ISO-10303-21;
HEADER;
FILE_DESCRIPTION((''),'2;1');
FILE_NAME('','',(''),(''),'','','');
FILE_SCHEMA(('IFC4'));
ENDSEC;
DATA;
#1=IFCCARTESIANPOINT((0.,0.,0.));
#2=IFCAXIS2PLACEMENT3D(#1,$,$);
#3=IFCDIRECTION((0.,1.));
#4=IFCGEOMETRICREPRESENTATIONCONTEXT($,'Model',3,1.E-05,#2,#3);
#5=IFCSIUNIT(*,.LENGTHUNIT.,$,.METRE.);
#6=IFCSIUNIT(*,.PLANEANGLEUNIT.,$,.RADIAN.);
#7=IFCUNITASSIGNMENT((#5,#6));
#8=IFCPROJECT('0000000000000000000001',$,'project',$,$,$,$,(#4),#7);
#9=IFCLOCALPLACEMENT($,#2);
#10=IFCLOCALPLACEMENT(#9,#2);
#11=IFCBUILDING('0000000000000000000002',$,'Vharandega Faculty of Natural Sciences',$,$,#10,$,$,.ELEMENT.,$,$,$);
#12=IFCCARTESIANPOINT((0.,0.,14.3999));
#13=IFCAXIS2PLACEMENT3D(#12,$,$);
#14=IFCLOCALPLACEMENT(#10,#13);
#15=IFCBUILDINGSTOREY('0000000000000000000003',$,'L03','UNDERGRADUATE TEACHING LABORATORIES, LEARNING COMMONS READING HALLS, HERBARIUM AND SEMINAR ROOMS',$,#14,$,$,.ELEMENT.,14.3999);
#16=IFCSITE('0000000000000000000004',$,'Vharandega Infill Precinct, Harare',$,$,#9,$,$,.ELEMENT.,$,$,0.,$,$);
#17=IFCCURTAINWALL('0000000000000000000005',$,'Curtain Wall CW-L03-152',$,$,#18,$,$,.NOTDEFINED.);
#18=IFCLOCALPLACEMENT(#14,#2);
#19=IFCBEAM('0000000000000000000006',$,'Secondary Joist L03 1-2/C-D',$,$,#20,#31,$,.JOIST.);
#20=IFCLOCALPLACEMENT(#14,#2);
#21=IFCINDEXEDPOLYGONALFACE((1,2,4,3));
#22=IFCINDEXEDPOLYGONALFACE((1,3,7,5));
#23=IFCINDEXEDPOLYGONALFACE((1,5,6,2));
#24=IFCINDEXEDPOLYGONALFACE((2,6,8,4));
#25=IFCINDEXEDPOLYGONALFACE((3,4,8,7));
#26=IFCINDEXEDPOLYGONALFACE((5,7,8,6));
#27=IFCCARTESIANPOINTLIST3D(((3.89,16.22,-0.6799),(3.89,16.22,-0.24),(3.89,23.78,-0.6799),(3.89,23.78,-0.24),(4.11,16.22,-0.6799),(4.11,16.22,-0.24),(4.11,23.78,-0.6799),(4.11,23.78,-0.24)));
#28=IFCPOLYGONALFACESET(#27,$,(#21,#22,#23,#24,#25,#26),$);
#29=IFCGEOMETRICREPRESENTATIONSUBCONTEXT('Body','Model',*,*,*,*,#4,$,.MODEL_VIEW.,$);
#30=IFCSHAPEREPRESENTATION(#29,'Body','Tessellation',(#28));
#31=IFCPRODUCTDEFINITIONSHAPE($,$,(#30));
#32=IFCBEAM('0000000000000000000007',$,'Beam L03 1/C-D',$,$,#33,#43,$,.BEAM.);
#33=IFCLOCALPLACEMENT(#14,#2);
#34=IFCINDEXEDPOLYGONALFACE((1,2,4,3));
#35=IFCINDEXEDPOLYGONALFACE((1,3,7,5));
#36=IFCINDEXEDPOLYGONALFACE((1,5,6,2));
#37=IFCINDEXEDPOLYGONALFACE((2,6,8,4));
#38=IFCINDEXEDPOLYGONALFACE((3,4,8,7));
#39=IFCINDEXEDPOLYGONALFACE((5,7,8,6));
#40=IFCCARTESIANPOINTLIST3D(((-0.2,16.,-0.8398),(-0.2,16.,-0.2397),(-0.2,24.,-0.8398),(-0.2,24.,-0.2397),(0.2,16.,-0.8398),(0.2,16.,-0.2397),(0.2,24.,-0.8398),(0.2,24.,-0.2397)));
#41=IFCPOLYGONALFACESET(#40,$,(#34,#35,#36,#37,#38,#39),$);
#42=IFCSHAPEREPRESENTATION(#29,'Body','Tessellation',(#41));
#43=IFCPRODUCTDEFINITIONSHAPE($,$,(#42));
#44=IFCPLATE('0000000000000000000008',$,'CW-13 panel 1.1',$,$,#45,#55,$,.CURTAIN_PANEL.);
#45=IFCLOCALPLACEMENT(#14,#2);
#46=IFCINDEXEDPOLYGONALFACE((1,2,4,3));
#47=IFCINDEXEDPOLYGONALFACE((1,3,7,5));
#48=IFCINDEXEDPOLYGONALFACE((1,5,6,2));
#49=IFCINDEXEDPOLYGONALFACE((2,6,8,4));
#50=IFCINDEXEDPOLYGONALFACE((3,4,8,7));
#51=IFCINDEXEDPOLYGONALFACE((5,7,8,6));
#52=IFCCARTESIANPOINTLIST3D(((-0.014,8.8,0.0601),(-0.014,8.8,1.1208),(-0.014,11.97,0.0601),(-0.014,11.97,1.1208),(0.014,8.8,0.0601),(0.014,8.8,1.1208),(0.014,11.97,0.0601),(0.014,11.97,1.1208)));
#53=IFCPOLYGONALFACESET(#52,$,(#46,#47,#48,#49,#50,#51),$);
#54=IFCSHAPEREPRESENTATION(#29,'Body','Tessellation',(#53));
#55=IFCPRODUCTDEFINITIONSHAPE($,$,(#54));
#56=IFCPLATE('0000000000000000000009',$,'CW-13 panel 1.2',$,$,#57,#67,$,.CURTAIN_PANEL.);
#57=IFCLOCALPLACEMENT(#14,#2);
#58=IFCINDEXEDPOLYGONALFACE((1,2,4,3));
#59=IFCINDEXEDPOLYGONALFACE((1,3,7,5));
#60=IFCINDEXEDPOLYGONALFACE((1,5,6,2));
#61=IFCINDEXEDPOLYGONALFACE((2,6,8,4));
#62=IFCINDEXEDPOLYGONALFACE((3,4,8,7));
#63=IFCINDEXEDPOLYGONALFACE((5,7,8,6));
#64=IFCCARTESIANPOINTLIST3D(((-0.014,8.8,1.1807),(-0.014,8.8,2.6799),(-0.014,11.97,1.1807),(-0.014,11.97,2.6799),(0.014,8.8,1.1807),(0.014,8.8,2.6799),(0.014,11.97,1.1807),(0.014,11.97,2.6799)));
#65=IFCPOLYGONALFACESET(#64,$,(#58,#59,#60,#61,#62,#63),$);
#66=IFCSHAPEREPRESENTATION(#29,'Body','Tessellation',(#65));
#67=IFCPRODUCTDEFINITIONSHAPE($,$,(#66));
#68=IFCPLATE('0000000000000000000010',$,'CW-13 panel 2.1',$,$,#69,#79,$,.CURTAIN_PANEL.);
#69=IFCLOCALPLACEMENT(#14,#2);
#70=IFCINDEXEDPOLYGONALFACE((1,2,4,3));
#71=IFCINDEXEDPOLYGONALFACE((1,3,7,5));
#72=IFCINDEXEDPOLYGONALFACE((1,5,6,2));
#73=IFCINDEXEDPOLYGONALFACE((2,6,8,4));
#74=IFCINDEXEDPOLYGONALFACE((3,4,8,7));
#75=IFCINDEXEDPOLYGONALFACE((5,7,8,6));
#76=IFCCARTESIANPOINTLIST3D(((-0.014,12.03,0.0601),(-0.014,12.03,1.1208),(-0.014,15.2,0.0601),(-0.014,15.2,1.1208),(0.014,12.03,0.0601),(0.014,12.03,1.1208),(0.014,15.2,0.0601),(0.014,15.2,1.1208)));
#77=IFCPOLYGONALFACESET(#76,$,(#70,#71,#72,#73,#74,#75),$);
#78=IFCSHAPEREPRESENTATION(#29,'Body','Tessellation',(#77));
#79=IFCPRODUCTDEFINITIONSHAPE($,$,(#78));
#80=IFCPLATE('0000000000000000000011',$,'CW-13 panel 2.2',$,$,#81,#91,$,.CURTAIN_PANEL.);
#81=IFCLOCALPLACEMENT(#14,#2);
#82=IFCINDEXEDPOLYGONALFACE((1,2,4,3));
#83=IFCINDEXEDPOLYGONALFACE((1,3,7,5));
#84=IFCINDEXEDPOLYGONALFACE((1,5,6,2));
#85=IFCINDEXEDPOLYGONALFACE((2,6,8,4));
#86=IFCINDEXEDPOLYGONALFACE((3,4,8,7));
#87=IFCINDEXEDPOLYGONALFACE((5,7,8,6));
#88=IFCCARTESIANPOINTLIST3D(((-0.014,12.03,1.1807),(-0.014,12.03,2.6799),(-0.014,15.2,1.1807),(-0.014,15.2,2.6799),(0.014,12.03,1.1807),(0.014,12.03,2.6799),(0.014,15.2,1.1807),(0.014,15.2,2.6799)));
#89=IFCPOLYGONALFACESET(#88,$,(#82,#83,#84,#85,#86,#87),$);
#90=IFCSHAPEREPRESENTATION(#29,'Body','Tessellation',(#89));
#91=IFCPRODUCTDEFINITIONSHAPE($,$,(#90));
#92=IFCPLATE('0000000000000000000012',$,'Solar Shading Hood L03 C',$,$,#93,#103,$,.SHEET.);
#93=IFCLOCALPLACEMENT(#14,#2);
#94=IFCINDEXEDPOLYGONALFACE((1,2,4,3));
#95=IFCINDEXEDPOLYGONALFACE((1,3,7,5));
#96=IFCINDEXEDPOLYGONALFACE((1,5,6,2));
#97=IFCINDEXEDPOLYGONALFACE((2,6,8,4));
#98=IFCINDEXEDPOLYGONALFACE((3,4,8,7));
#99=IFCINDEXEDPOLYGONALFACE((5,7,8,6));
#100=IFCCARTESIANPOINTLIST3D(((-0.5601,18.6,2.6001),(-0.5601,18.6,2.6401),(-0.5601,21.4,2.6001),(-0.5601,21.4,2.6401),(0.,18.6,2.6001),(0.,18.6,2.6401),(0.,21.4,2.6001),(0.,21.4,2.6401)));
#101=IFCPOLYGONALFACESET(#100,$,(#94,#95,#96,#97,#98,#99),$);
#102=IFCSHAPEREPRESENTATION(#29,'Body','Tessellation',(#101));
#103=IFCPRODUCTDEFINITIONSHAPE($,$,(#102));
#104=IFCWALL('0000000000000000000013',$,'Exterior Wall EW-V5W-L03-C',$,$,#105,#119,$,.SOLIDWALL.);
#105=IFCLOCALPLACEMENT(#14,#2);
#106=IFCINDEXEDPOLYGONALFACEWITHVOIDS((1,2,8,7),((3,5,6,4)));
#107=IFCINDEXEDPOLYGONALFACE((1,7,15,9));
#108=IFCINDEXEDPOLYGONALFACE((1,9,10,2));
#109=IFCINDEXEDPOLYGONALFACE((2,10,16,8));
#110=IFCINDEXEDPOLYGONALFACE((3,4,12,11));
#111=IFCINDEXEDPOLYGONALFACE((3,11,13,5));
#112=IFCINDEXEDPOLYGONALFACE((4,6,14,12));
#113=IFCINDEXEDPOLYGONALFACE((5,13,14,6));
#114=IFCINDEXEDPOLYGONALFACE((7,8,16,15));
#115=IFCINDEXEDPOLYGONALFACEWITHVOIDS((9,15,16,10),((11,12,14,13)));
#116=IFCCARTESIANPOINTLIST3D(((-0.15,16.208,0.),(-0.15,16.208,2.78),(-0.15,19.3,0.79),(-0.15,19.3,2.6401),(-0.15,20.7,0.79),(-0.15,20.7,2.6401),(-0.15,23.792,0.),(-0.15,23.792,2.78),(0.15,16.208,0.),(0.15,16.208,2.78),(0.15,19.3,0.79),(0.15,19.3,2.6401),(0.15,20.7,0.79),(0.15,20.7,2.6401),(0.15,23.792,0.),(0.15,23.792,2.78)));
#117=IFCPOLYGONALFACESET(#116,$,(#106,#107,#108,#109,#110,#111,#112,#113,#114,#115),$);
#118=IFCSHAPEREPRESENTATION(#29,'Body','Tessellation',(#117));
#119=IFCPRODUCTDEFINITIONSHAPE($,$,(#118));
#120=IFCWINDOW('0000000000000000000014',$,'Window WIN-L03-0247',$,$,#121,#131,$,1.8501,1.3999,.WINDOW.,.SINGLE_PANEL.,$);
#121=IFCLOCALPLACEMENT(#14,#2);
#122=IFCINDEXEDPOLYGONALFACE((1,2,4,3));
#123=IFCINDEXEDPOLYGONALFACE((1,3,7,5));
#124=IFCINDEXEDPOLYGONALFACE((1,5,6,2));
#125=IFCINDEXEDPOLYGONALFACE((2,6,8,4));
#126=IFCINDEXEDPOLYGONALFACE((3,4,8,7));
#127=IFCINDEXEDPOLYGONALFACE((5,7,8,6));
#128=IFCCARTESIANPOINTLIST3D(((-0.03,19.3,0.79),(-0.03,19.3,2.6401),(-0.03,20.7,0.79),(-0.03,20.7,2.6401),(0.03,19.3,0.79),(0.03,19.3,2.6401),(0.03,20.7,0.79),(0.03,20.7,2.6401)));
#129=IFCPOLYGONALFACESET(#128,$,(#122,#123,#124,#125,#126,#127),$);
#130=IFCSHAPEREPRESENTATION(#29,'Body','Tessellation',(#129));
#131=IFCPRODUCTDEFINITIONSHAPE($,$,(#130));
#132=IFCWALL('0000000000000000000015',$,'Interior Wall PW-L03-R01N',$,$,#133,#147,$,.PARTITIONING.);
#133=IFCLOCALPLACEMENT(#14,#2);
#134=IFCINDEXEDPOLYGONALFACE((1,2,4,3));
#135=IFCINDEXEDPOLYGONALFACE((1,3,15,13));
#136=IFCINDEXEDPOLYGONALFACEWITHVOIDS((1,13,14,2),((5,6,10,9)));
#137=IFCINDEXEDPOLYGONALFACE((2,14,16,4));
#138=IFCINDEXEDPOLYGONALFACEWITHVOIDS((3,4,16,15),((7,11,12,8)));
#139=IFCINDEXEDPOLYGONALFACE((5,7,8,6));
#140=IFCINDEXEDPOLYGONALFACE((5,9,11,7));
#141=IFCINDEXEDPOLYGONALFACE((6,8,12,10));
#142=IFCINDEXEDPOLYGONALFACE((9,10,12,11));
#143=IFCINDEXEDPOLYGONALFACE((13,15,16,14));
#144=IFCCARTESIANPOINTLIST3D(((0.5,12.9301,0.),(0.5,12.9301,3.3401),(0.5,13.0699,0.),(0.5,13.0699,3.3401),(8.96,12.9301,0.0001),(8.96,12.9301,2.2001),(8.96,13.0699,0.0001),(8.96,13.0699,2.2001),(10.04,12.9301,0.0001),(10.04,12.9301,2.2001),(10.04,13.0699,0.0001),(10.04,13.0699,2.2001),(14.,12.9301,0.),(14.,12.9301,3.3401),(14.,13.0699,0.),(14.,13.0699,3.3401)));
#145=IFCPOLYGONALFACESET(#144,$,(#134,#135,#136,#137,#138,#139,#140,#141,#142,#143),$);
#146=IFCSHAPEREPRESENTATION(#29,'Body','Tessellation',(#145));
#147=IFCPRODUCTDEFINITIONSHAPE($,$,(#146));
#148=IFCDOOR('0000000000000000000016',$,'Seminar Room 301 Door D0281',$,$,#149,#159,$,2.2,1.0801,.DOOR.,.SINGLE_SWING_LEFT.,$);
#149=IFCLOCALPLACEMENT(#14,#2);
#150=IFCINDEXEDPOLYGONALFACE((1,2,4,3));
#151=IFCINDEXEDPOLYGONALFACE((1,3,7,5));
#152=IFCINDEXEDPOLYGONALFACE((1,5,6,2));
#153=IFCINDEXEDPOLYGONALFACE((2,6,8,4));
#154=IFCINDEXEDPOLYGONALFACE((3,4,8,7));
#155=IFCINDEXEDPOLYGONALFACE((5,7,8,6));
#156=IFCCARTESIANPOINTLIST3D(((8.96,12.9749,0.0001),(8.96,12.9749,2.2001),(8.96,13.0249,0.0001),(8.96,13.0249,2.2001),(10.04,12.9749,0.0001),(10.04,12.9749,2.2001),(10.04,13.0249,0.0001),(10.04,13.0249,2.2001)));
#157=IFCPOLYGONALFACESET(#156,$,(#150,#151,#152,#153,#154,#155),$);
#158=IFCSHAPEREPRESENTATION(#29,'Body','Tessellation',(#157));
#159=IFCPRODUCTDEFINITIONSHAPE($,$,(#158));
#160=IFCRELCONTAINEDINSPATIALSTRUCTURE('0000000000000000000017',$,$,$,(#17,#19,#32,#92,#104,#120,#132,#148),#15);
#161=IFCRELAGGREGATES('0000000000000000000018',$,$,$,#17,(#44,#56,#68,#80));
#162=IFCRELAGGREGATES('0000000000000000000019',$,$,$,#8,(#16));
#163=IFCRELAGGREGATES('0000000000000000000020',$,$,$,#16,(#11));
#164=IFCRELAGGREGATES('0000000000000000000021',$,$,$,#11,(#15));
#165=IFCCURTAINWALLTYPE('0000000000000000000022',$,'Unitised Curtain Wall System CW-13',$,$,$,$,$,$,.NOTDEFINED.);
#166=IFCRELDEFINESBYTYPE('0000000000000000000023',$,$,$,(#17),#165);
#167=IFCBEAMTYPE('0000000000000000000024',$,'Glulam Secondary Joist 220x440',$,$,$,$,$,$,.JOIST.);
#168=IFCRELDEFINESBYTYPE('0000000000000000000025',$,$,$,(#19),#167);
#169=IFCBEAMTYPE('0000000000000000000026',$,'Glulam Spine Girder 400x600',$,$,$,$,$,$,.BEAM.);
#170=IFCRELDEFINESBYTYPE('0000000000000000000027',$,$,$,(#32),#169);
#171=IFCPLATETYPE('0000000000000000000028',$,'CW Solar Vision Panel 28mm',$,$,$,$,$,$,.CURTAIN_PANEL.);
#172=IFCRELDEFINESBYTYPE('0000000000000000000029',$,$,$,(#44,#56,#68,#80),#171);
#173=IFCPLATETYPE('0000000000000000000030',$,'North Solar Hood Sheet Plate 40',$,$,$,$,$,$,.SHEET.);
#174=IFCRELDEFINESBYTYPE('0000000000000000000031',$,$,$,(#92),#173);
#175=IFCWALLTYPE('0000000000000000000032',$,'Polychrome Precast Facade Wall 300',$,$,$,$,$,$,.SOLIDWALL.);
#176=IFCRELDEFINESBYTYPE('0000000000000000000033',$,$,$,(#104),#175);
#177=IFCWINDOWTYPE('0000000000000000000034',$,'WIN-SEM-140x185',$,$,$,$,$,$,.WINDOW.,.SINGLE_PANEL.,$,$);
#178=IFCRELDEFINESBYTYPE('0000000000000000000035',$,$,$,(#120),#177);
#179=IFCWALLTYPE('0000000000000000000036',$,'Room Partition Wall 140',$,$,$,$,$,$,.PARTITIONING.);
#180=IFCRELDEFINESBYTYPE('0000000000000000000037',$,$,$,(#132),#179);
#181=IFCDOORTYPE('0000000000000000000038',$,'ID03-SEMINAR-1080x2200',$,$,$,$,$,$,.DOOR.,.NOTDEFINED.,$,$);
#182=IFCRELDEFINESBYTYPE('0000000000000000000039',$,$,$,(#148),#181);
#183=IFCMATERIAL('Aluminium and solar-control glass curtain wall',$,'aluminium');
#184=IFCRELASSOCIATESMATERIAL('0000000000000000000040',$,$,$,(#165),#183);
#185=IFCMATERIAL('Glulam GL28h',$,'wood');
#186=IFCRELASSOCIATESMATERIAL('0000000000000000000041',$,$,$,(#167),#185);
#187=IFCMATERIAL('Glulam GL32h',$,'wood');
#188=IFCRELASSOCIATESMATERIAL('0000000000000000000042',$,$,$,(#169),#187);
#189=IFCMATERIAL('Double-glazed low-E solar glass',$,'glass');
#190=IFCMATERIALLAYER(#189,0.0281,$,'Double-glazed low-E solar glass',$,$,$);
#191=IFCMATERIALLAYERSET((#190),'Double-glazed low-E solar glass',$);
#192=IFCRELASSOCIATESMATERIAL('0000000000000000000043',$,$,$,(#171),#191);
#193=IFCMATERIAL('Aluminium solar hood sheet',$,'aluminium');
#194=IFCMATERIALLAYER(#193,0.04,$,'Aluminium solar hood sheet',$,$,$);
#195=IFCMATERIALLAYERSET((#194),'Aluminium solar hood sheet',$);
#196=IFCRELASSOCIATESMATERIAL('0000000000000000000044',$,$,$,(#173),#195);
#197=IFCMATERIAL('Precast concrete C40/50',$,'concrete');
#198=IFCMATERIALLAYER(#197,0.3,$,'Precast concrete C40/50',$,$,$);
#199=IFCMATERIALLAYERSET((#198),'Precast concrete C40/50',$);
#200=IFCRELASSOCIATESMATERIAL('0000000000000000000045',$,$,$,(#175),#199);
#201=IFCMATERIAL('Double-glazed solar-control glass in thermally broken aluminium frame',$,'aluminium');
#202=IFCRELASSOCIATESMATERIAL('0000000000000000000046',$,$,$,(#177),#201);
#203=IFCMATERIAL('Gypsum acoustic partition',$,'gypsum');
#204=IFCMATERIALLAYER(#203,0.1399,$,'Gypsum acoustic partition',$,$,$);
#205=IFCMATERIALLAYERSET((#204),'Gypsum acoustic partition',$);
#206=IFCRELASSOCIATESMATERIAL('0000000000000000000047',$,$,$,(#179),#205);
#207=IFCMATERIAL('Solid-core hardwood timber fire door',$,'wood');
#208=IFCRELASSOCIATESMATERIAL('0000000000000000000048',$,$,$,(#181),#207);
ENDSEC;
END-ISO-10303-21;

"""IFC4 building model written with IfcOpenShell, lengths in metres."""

from ifc_helpers import new_model, si_unit, direction, frame, frame_2d, origin, origin_2d, place, context, subcontext, project, spatial, rectangle, extrude, material, layer, layer_set, material_profile, profile_set, type_object, element, fill, aggregate, save


model = new_model("IFC4")

# Units and contexts
model_context = context("Model", 3, precision=1e-05, world=origin(), true_north=direction((0.0, 1.0)))
body_context = subcontext(model_context, "Body", "Model", "MODEL_VIEW")
ifc_project = project(units=[si_unit("LENGTHUNIT", "METRE"), si_unit("PLANEANGLEUNIT", "RADIAN")], contexts=[model_context])

# Site, building, storey
site_placement = place(None, origin())
site = spatial("IfcSite", under=ifc_project, at=site_placement, Name="Vharandega Infill Precinct, Harare", CompositionType="ELEMENT", RefElevation=0.0)
building_placement = place(site_placement, origin())
building = spatial("IfcBuilding", under=site, at=building_placement, Name="Vharandega Faculty of Natural Sciences", CompositionType="ELEMENT")
storey_placement = place(building_placement, frame((0.0, 0.0, 14.3999)))
storey = spatial("IfcBuildingStorey", under=building, at=storey_placement, Name="L03", Description="UNDERGRADUATE TEACHING LABORATORIES, LEARNING COMMONS READING HALLS, HERBARIUM AND SEMINAR ROOMS", CompositionType="ELEMENT", Elevation=14.3999)

# Curtain wall
ifc_material_1 = material(Name="Aluminium and solar-control glass curtain wall", Category="aluminium")
curtain_wall_type_1 = type_object("IfcCurtainWallType", Name="Unitised Curtain Wall System CW-13", PredefinedType="NOTDEFINED", material=ifc_material_1)
curtain_wall_1_placement = place(storey_placement, origin())
curtain_wall_1 = element("IfcCurtainWall", 1, at=curtain_wall_1_placement, inside=storey, type_object=curtain_wall_type_1, Name="Curtain Wall CW-L03-152", PredefinedType="NOTDEFINED")

# Beams
ifc_material_2 = material(Name="Glulam GL28h", Category="wood")
ifc_material_profile_1 = material_profile(ifc_material_2, rectangle(XDim=0.22, YDim=0.4399, at=origin_2d()), Name="GL28h 220x440")
ifc_profile_set_1 = profile_set([ifc_material_profile_1], Name="Glulam GL28h")
beam_type_1 = type_object("IfcBeamType", Name="Glulam Secondary Joist 220x440", PredefinedType="JOIST", material=ifc_profile_set_1)
beam_1_placement = place(storey_placement, frame((4.0, 16.22, -0.46), z_axis=(0.0, 1.0, 0.0), x_axis=(-1.0, 0.0, 0.0)))
element("IfcBeam", 2, at=beam_1_placement, inside=storey, type_object=beam_type_1, Name="Secondary Joist L03 1-2/C-D", PredefinedType="JOIST", context=body_context, shape_type="SweptSolid", body=[
    extrude(rectangle(XDim=0.22, YDim=0.4399, at=origin_2d()), origin(), (0.0, 0.0, 1.0), 7.5601),
])
ifc_material_3 = material(Name="Glulam GL32h", Category="wood")
ifc_material_profile_2 = material_profile(ifc_material_3, rectangle(XDim=0.3999, YDim=0.6001, at=origin_2d()), Name="GL32h 400x600")
ifc_profile_set_2 = profile_set([ifc_material_profile_2], Name="Glulam GL32h")
beam_type_2 = type_object("IfcBeamType", Name="Glulam Spine Girder 400x600", PredefinedType="BEAM", material=ifc_profile_set_2)
beam_2_placement = place(storey_placement, frame((0.0, 16.0, -0.5398), z_axis=(0.0, 1.0, 0.0), x_axis=(-1.0, 0.0, 0.0)))
element("IfcBeam", 3, at=beam_2_placement, inside=storey, type_object=beam_type_2, Name="Beam L03 1/C-D", PredefinedType="BEAM", context=body_context, shape_type="SweptSolid", body=[
    extrude(rectangle(XDim=0.3999, YDim=0.6001, at=origin_2d()), origin(), (0.0, 0.0, 1.0), 8.0),
])

# Plates
ifc_material_4 = material(Name="Double-glazed low-E solar glass", Category="glass")
ifc_layer_1 = layer(ifc_material_4, 0.0281, Name="Double-glazed low-E solar glass")
ifc_layer_set_1 = layer_set([ifc_layer_1], Name="Double-glazed low-E solar glass")
plate_type_1 = type_object("IfcPlateType", Name="CW Solar Vision Panel 28mm", PredefinedType="CURTAIN_PANEL", material=ifc_layer_set_1)
plate_1_placement = place(storey_placement, frame((0.0, 10.385, 0.0601), z_axis=(0.0, 0.0, 1.0), x_axis=(0.0, 1.0, 0.0)))
plate_1 = element("IfcPlate", 4, at=plate_1_placement, type_object=plate_type_1, Name="CW-13 panel 1.1", PredefinedType="CURTAIN_PANEL", context=body_context, shape_type="SweptSolid", body=[
    extrude(rectangle(XDim=3.1699, YDim=0.0281, at=origin_2d()), origin(), (0.0, 0.0, 1.0), 1.0608),
])
plate_2_placement = place(storey_placement, frame((0.0, 10.385, 1.1807), z_axis=(0.0, 0.0, 1.0), x_axis=(0.0, 1.0, 0.0)))
plate_2 = element("IfcPlate", 5, at=plate_2_placement, type_object=plate_type_1, Name="CW-13 panel 1.2", PredefinedType="CURTAIN_PANEL", context=body_context, shape_type="SweptSolid", body=[
    extrude(rectangle(XDim=3.1699, YDim=0.0281, at=origin_2d()), origin(), (0.0, 0.0, 1.0), 1.4993),
])
plate_3_placement = place(storey_placement, frame((0.0, 13.615, 0.0601), z_axis=(0.0, 0.0, 1.0), x_axis=(0.0, 1.0, 0.0)))
plate_3 = element("IfcPlate", 6, at=plate_3_placement, type_object=plate_type_1, Name="CW-13 panel 2.1", PredefinedType="CURTAIN_PANEL", context=body_context, shape_type="SweptSolid", body=[
    extrude(rectangle(XDim=3.1699, YDim=0.0281, at=origin_2d()), origin(), (0.0, 0.0, 1.0), 1.0608),
])
plate_4_placement = place(storey_placement, frame((0.0, 13.615, 1.1807), z_axis=(0.0, 0.0, 1.0), x_axis=(0.0, 1.0, 0.0)))
plate_4 = element("IfcPlate", 7, at=plate_4_placement, type_object=plate_type_1, Name="CW-13 panel 2.2", PredefinedType="CURTAIN_PANEL", context=body_context, shape_type="SweptSolid", body=[
    extrude(rectangle(XDim=3.1699, YDim=0.0281, at=origin_2d()), origin(), (0.0, 0.0, 1.0), 1.4993),
])
aggregate(curtain_wall_1, [plate_1, plate_2, plate_3, plate_4])
ifc_material_5 = material(Name="Aluminium solar hood sheet", Category="aluminium")
ifc_layer_2 = layer(ifc_material_5, 0.04, Name="Aluminium solar hood sheet")
ifc_layer_set_2 = layer_set([ifc_layer_2], Name="Aluminium solar hood sheet")
plate_type_2 = type_object("IfcPlateType", Name="North Solar Hood Sheet Plate 40", PredefinedType="SHEET", material=ifc_layer_set_2)
plate_5_placement = place(storey_placement, frame((-0.28, 20.0, 2.6001), z_axis=(0.0, 0.0, 1.0), x_axis=(1.0, 0.0, 0.0)))
element("IfcPlate", 8, at=plate_5_placement, inside=storey, type_object=plate_type_2, Name="Solar Shading Hood L03 C", PredefinedType="SHEET", context=body_context, shape_type="SweptSolid", body=[
    extrude(rectangle(XDim=0.5601, YDim=2.8, at=origin_2d()), origin(), (0.0, 0.0, 1.0), 0.04),
])

# Wall, opening, window
ifc_material_6 = material(Name="Precast concrete C40/50", Category="concrete")
ifc_layer_3 = layer(ifc_material_6, 0.3, Name="Precast concrete C40/50")
ifc_layer_set_3 = layer_set([ifc_layer_3], Name="Precast concrete C40/50")
wall_type_1 = type_object("IfcWallType", Name="Polychrome Precast Facade Wall 300", PredefinedType="SOLIDWALL", material=ifc_layer_set_3)
wall_1_placement = place(storey_placement, frame((0.0, 16.208, 0.0), z_axis=(0.0, 0.0, 1.0), x_axis=(0.0, 1.0, 0.0)))
wall_1 = element("IfcWall", 9, at=wall_1_placement, inside=storey, type_object=wall_type_1, Name="Exterior Wall EW-V5W-L03-C", PredefinedType="SOLIDWALL", context=body_context, shape_type="SweptSolid", body=[
    extrude(rectangle(XDim=7.584, YDim=0.3, at=frame_2d((3.792, 0.0))), origin(), (0.0, 0.0, 1.0), 2.78),
])
opening_1_placement = place(wall_1_placement, frame((3.092, 0.0, 0.79)))
opening_1 = element("IfcOpeningElement", 10, at=opening_1_placement, cuts=wall_1, PredefinedType="OPENING", context=body_context, shape_type="SweptSolid", body=[
    extrude(rectangle(XDim=1.3999, YDim=1.8501, at=frame_2d((0.7, 0.925))), frame((0.0, 0.1602, 0.0), z_axis=(0.0, -1.0, 0.0), x_axis=(1.0, 0.0, 0.0)), (0.0, 0.0, 1.0), 0.3201),
])
ifc_material_7 = material(Name="Double-glazed solar-control glass in thermally broken aluminium frame", Category="aluminium")
window_type = type_object("IfcWindowType", Name="WIN-SEM-140x185", PartitioningType="SINGLE_PANEL", PredefinedType="WINDOW", material=ifc_material_7)
window_placement = place(opening_1_placement, origin())
window = element("IfcWindow", 11, at=window_placement, inside=storey, type_object=window_type, Name="Window WIN-L03-0247", OverallHeight=1.8501, OverallWidth=1.3999, PartitioningType="SINGLE_PANEL", PredefinedType="WINDOW", context=body_context, shape_type="SweptSolid", body=[
    extrude(rectangle(XDim=1.3999, YDim=1.8501, at=frame_2d((0.7, 0.925))), frame((0.0, 0.03, 0.0), z_axis=(0.0, -1.0, 0.0), x_axis=(1.0, 0.0, 0.0)), (0.0, 0.0, 1.0), 0.0601),
])
fill(opening_1, window)

# Wall, opening, door
ifc_material_8 = material(Name="Gypsum acoustic partition", Category="gypsum")
ifc_layer_4 = layer(ifc_material_8, 0.1399, Name="Gypsum acoustic partition")
ifc_layer_set_4 = layer_set([ifc_layer_4], Name="Gypsum acoustic partition")
wall_type_2 = type_object("IfcWallType", Name="Room Partition Wall 140", PredefinedType="PARTITIONING", material=ifc_layer_set_4)
wall_2_placement = place(storey_placement, frame((0.5, 13.0, 0.0), z_axis=(0.0, 0.0, 1.0), x_axis=(1.0, 0.0, 0.0)))
wall_2 = element("IfcWall", 12, at=wall_2_placement, inside=storey, type_object=wall_type_2, Name="Interior Wall PW-L03-R01N", PredefinedType="PARTITIONING", context=body_context, shape_type="SweptSolid", body=[
    extrude(rectangle(XDim=13.5, YDim=0.1399, at=frame_2d((6.75, 0.0))), origin(), (0.0, 0.0, 1.0), 3.3401),
])
opening_2_placement = place(wall_2_placement, frame((8.46, 0.0, 0.0)))
opening_2 = element("IfcOpeningElement", 13, at=opening_2_placement, cuts=wall_2, PredefinedType="OPENING", context=body_context, shape_type="SweptSolid", body=[
    extrude(rectangle(XDim=1.0801, YDim=2.2, at=frame_2d((0.54, 1.1001))), frame((0.0, 0.0801, 0.0), z_axis=(0.0, -1.0, 0.0), x_axis=(1.0, 0.0, 0.0)), (0.0, 0.0, 1.0), 0.1599),
])
ifc_material_9 = material(Name="Solid-core hardwood timber fire door", Category="wood")
door_type = type_object("IfcDoorType", Name="ID03-SEMINAR-1080x2200", OperationType="NOTDEFINED", PredefinedType="DOOR", material=ifc_material_9)
door_placement = place(opening_2_placement, origin())
door = element("IfcDoor", 14, at=door_placement, inside=storey, type_object=door_type, Name="Seminar Room 301 Door D0281", OperationType="SINGLE_SWING_LEFT", OverallHeight=2.2, OverallWidth=1.0801, PredefinedType="DOOR", context=body_context, shape_type="SweptSolid", body=[
    extrude(rectangle(XDim=1.0801, YDim=2.2, at=frame_2d((0.54, 1.1001))), frame((0.0, 0.0249, 0.0), z_axis=(0.0, -1.0, 0.0), x_axis=(1.0, 0.0, 0.0)), (0.0, 0.0, 1.0), 0.05),
])
fill(opening_2, door)

save(model, "model.ifc")
